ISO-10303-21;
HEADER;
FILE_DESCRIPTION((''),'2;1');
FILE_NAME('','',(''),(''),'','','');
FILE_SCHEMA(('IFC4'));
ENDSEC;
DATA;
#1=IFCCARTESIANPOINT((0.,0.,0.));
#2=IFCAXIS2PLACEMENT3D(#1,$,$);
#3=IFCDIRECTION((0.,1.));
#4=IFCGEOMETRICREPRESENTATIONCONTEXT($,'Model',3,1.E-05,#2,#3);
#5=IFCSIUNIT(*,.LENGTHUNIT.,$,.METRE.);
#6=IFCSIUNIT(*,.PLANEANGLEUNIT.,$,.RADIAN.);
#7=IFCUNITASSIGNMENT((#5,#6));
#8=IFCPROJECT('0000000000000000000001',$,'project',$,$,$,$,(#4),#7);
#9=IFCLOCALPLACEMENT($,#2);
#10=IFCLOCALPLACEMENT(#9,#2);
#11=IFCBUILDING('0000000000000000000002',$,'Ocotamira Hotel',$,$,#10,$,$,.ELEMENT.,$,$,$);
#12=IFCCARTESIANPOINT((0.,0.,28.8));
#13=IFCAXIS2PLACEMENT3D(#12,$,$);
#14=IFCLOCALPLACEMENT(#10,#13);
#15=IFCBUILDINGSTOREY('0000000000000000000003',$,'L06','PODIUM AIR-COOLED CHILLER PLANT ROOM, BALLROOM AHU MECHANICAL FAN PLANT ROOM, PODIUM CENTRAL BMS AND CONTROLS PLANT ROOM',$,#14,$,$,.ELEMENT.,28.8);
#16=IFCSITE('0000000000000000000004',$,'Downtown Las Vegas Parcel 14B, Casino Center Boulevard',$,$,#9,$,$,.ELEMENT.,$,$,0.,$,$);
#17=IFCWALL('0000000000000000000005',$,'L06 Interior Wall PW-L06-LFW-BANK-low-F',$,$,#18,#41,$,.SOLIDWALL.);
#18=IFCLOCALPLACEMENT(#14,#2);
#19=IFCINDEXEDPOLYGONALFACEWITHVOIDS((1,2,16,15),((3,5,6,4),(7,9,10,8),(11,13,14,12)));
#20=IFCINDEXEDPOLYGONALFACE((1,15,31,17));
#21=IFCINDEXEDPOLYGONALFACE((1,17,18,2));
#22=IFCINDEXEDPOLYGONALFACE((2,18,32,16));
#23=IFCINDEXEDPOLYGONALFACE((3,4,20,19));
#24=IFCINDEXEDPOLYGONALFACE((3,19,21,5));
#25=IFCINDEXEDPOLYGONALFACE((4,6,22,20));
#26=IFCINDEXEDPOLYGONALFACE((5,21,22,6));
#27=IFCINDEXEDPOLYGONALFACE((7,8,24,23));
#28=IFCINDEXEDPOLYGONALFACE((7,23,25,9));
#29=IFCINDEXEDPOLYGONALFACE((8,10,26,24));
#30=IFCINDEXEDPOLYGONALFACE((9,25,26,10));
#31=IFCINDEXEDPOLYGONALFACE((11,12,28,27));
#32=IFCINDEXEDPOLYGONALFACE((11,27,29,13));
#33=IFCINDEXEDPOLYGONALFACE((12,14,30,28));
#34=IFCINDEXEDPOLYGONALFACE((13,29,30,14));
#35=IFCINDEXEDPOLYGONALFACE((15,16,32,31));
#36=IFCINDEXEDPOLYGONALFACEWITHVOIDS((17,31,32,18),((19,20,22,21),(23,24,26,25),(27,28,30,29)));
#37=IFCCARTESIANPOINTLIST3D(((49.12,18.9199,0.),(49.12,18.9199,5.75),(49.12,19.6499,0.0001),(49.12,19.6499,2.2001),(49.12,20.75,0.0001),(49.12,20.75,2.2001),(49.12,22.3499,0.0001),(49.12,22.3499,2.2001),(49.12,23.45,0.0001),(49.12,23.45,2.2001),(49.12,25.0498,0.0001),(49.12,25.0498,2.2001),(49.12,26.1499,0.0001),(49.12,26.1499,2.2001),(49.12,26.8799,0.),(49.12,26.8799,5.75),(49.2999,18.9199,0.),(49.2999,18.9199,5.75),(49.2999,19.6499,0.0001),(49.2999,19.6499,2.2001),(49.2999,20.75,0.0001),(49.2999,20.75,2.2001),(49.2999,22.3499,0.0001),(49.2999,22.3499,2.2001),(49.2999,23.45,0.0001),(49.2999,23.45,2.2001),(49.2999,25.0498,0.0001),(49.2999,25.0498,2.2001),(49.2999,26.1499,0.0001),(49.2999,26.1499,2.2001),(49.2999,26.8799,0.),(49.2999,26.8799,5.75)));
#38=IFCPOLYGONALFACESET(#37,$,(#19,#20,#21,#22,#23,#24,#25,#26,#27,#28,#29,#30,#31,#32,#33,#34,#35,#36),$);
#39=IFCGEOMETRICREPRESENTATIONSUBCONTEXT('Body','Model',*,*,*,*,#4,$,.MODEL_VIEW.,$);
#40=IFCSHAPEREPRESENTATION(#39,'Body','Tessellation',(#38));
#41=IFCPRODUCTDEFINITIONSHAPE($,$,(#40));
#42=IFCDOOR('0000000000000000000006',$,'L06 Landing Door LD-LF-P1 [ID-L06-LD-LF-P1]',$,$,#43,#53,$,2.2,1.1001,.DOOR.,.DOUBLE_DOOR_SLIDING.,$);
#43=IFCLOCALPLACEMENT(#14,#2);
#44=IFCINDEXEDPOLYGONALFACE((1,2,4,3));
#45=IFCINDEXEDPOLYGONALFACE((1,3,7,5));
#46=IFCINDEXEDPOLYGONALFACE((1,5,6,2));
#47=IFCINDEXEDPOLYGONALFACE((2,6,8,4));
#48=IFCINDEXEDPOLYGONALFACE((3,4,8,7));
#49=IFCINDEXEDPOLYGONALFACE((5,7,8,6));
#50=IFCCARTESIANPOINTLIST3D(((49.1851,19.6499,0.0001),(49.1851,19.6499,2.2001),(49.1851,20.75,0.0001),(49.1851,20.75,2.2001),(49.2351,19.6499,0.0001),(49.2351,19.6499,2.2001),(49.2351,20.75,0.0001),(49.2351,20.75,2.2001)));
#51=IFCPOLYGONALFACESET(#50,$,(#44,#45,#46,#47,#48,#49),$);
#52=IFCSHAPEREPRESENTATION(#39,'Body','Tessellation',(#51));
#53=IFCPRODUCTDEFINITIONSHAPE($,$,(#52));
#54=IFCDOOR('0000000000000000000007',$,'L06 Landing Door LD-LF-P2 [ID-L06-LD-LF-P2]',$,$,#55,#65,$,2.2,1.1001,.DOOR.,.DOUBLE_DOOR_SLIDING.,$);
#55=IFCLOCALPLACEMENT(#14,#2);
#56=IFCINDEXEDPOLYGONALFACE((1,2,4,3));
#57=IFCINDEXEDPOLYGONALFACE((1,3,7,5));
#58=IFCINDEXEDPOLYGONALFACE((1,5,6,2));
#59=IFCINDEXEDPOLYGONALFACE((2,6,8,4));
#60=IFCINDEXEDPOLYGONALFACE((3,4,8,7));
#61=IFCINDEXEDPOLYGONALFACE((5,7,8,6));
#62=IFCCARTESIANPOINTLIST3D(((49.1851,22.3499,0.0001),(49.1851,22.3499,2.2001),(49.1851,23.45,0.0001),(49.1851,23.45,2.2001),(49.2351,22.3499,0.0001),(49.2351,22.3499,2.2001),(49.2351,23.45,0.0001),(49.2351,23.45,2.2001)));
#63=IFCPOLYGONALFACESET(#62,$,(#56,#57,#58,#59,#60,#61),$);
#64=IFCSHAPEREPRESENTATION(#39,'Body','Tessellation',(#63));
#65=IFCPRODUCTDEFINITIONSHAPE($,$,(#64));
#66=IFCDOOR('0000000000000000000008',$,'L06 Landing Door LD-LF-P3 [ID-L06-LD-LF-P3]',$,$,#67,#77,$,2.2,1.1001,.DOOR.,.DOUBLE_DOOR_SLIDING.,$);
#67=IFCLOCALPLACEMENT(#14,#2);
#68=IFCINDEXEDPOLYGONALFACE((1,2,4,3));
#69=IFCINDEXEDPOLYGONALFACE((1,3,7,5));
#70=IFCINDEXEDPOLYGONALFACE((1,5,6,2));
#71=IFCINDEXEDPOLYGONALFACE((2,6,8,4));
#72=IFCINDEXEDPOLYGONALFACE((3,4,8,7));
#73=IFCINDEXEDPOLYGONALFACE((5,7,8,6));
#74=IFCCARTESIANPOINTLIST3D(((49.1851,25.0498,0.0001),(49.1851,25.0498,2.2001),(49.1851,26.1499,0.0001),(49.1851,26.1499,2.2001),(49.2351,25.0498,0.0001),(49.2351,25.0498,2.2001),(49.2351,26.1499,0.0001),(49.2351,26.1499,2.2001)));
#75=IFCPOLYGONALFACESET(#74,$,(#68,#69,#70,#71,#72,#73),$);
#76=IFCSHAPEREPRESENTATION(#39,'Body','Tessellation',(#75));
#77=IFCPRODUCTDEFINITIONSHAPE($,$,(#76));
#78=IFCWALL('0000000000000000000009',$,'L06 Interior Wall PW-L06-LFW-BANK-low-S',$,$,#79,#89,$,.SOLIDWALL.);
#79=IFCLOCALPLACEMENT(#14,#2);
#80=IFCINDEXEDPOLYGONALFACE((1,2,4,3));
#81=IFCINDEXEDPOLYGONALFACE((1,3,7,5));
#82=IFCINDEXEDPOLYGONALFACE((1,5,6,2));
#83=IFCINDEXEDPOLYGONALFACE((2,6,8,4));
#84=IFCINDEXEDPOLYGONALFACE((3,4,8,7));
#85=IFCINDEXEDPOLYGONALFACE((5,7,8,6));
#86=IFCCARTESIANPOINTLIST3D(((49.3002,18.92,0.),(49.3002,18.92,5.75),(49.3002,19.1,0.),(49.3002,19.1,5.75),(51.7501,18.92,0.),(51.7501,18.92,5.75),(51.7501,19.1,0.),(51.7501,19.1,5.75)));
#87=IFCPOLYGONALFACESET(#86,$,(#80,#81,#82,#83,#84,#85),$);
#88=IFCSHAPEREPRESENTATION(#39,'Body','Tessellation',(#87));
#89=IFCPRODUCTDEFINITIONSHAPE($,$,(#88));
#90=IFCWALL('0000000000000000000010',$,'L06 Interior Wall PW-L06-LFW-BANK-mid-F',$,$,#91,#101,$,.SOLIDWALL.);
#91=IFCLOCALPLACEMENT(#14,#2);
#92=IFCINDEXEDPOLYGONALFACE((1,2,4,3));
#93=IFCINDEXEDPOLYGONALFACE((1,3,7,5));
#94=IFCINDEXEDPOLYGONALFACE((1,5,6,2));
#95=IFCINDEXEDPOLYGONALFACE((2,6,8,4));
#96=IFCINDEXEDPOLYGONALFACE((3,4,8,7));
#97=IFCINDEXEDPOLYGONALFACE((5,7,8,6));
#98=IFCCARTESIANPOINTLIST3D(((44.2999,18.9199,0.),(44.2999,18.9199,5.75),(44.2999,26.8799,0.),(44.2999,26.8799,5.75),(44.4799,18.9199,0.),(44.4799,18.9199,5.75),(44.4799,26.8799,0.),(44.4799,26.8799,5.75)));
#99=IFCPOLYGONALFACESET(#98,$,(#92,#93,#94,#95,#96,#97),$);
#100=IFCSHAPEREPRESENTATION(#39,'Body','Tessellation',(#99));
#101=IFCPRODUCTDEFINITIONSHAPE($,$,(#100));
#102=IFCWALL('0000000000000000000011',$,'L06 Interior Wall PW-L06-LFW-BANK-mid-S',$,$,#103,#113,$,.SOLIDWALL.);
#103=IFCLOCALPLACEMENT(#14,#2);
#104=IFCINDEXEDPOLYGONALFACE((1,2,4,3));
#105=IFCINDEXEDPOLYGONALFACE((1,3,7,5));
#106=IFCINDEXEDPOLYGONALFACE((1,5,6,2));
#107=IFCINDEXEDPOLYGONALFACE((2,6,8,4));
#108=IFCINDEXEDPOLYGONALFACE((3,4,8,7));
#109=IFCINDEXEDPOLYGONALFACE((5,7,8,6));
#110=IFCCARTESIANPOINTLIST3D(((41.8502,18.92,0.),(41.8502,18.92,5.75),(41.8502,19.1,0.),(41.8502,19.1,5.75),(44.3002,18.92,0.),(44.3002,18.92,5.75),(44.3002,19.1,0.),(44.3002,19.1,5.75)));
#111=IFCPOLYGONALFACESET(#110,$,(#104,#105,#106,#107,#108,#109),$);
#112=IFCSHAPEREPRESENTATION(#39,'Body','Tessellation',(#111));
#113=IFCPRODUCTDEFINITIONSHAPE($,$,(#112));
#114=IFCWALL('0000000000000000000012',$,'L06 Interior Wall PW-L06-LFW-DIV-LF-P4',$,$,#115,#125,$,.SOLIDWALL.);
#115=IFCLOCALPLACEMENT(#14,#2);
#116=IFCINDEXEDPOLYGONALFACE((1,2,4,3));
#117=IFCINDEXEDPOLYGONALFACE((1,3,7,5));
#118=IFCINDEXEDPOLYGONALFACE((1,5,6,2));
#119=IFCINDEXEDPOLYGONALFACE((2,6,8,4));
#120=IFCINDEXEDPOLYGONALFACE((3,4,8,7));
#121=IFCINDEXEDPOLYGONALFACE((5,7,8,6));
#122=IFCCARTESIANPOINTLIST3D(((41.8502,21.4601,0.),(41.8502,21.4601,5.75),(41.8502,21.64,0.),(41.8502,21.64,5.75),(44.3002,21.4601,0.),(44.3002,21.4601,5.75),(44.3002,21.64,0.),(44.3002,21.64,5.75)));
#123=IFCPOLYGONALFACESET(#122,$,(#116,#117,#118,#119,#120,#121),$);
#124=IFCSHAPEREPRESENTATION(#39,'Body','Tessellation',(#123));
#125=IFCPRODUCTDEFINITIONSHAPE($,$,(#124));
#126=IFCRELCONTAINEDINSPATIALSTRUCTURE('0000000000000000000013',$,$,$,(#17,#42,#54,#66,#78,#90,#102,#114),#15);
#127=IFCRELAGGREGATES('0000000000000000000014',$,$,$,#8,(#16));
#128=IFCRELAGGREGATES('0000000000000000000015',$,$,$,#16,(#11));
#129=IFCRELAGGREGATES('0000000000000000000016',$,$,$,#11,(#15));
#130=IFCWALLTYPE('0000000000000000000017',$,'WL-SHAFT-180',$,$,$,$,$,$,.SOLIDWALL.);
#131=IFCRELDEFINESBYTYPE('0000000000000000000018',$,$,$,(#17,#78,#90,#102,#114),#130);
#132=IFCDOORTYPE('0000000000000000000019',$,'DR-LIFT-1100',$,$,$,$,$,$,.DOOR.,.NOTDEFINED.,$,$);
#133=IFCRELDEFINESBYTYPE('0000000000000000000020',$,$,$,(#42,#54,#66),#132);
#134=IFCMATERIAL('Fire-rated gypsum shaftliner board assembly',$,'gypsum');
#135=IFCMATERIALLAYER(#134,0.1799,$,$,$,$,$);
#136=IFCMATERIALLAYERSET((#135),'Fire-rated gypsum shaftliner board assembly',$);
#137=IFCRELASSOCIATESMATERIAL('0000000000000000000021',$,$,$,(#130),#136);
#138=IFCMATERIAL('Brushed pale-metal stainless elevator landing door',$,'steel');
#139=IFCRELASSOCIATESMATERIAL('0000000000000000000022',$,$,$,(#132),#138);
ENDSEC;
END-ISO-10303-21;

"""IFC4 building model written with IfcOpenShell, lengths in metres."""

from ifc_helpers import new_model, si_unit, direction, frame, frame_2d, origin, place, context, subcontext, project, spatial, rectangle, extrude, source, transform, mapped, material, layer, layer_set, type_object, element, fill, save


model = new_model("IFC4")

# Units and contexts
model_context = context("Model", 3, precision=1e-05, world=origin(), true_north=direction((0.0, 1.0)))
body_context = subcontext(model_context, "Body", "Model", "MODEL_VIEW")
ifc_project = project(units=[si_unit("LENGTHUNIT", "METRE"), si_unit("PLANEANGLEUNIT", "RADIAN")], contexts=[model_context])

# Site, building, storey
site_placement = place(None, origin())
site = spatial("IfcSite", under=ifc_project, at=site_placement, Name="Downtown Las Vegas Parcel 14B, Casino Center Boulevard", CompositionType="ELEMENT", RefElevation=0.0)
building_placement = place(site_placement, origin())
building = spatial("IfcBuilding", under=site, at=building_placement, Name="Ocotamira Hotel", CompositionType="ELEMENT")
storey_placement = place(building_placement, frame((0.0, 0.0, 28.8)))
storey = spatial("IfcBuildingStorey", under=building, at=storey_placement, Name="L06", Description="PODIUM AIR-COOLED CHILLER PLANT ROOM, BALLROOM AHU MECHANICAL FAN PLANT ROOM, PODIUM CENTRAL BMS AND CONTROLS PLANT ROOM", CompositionType="ELEMENT", Elevation=28.8)

# Wall, openings, doors
ifc_material_1 = material(Name="Fire-rated gypsum shaftliner board assembly", Category="gypsum")
ifc_layer_1 = layer(ifc_material_1, 0.1799)
ifc_layer_set_1 = layer_set([ifc_layer_1], Name="Fire-rated gypsum shaftliner board assembly")
wall_type_1 = type_object("IfcWallType", Name="WL-SHAFT-180", PredefinedType="SOLIDWALL", material=ifc_layer_set_1)
wall_1_placement = place(storey_placement, frame((49.21, 18.9199, 0.0), z_axis=(0.0, 0.0, 1.0), x_axis=(0.0, 1.0, 0.0)))
wall_1 = element("IfcWall", 1, at=wall_1_placement, inside=storey, type_object=wall_type_1, Name="L06 Interior Wall PW-L06-LFW-BANK-low-F", PredefinedType="SOLIDWALL", context=body_context, shape_type="SweptSolid", body=[
    extrude(rectangle(XDim=7.96, YDim=0.1799, at=frame_2d((3.98, 0.0))), origin(), (0.0, 0.0, 1.0), 5.75),
])
opening_1_placement = place(wall_1_placement, frame((0.73, 0.0, 0.0)))
opening_1 = element("IfcOpeningElement", 2, at=opening_1_placement, cuts=wall_1, PredefinedType="OPENING", context=body_context, shape_type="SweptSolid", body=[
    extrude(rectangle(XDim=1.1001, YDim=2.2, at=frame_2d((0.55, 1.1001))), frame((0.0, 0.1001, 0.0), z_axis=(0.0, -1.0, 0.0), x_axis=(1.0, 0.0, 0.0)), (0.0, 0.0, 1.0), 0.2),
])
opening_2_placement = place(wall_1_placement, frame((3.4299, 0.0, 0.0)))
opening_2 = element("IfcOpeningElement", 3, at=opening_2_placement, cuts=wall_1, PredefinedType="OPENING", context=body_context, shape_type="SweptSolid", body=[
    extrude(rectangle(XDim=1.1001, YDim=2.2, at=frame_2d((0.55, 1.1001))), frame((0.0, 0.1001, 0.0), z_axis=(0.0, -1.0, 0.0), x_axis=(1.0, 0.0, 0.0)), (0.0, 0.0, 1.0), 0.2),
])
opening_3_placement = place(wall_1_placement, frame((6.1299, 0.0, 0.0)))
opening_3 = element("IfcOpeningElement", 4, at=opening_3_placement, cuts=wall_1, PredefinedType="OPENING", context=body_context, shape_type="SweptSolid", body=[
    extrude(rectangle(XDim=1.1001, YDim=2.2, at=frame_2d((0.55, 1.1001))), frame((0.0, 0.1001, 0.0), z_axis=(0.0, -1.0, 0.0), x_axis=(1.0, 0.0, 0.0)), (0.0, 0.0, 1.0), 0.2),
])
ifc_material_2 = material(Name="Brushed pale-metal stainless elevator landing door", Category="steel")
door_type_1 = type_object("IfcDoorType", Name="DR-LIFT-1100", OperationType="NOTDEFINED", PredefinedType="DOOR", material=ifc_material_2)
shared_shape_1 = source(origin(), body_context, "Body", "SweptSolid", [
    extrude(rectangle(XDim=1.1001, YDim=2.2, at=frame_2d((0.55, 1.1001))), frame((0.0, 0.0249, 0.0), z_axis=(0.0, -1.0, 0.0), x_axis=(1.0, 0.0, 0.0)), (0.0, 0.0, 1.0), 0.05),
])
door_1_placement = place(opening_1_placement, origin())
door_1 = element("IfcDoor", 5, at=door_1_placement, inside=storey, type_object=door_type_1, Name="L06 Landing Door LD-LF-P1 [ID-L06-LD-LF-P1]", OperationType="DOUBLE_DOOR_SLIDING", OverallHeight=2.2, OverallWidth=1.1001, PredefinedType="DOOR", context=body_context, shape_type="MappedRepresentation", body=[
    mapped(shared_shape_1, transform((0.0, 0.0, 0.0), scale=1.0)),
])
fill(opening_1, door_1)
door_2_placement = place(opening_2_placement, origin())
door_2 = element("IfcDoor", 6, at=door_2_placement, inside=storey, type_object=door_type_1, Name="L06 Landing Door LD-LF-P2 [ID-L06-LD-LF-P2]", OperationType="DOUBLE_DOOR_SLIDING", OverallHeight=2.2, OverallWidth=1.1001, PredefinedType="DOOR", context=body_context, shape_type="MappedRepresentation", body=[
    mapped(shared_shape_1, transform((0.0, 0.0, 0.0), scale=1.0)),
])
fill(opening_2, door_2)
door_3_placement = place(opening_3_placement, origin())
door_3 = element("IfcDoor", 7, at=door_3_placement, inside=storey, type_object=door_type_1, Name="L06 Landing Door LD-LF-P3 [ID-L06-LD-LF-P3]", OperationType="DOUBLE_DOOR_SLIDING", OverallHeight=2.2, OverallWidth=1.1001, PredefinedType="DOOR", context=body_context, shape_type="MappedRepresentation", body=[
    mapped(shared_shape_1, transform((0.0, 0.0, 0.0), scale=1.0)),
])
fill(opening_3, door_3)

# Walls
wall_2_placement = place(storey_placement, frame((49.3, 19.01, 0.0), z_axis=(0.0, 0.0, 1.0), x_axis=(1.0, 0.0, 0.0)))
element("IfcWall", 8, at=wall_2_placement, inside=storey, type_object=wall_type_1, Name="L06 Interior Wall PW-L06-LFW-BANK-low-S", PredefinedType="SOLIDWALL", context=body_context, shape_type="SweptSolid", body=[
    extrude(rectangle(XDim=2.45, YDim=0.1799, at=frame_2d((1.2251, 0.0))), origin(), (0.0, 0.0, 1.0), 5.75),
])
wall_3_placement = place(storey_placement, frame((44.3899, 18.9199, 0.0), z_axis=(0.0, 0.0, 1.0), x_axis=(0.0, 1.0, 0.0)))
element("IfcWall", 9, at=wall_3_placement, inside=storey, type_object=wall_type_1, Name="L06 Interior Wall PW-L06-LFW-BANK-mid-F", PredefinedType="SOLIDWALL", context=body_context, shape_type="SweptSolid", body=[
    extrude(rectangle(XDim=7.96, YDim=0.1799, at=frame_2d((3.98, 0.0))), origin(), (0.0, 0.0, 1.0), 5.75),
])
for number, where, z_axis, x_axis, name in (
    (10, (41.8501, 19.01, 0.0), (0.0, 0.0, 1.0), (1.0, 0.0, 0.0), "L06 Interior Wall PW-L06-LFW-BANK-mid-S"),
    (11, (41.8501, 21.55, 0.0), (0.0, 0.0, 1.0), (1.0, 0.0, 0.0), "L06 Interior Wall PW-L06-LFW-DIV-LF-P4"),
):
    element("IfcWall", number, at=place(storey_placement, frame(where, z_axis=z_axis, x_axis=x_axis)), inside=storey, type_object=wall_type_1, Name=name, PredefinedType="SOLIDWALL", context=body_context, shape_type="SweptSolid", body=[
        extrude(rectangle(XDim=2.45, YDim=0.1799, at=frame_2d((1.2251, 0.0))), origin(), (0.0, 0.0, 1.0), 5.75),
    ])

save(model, "model.ifc")
